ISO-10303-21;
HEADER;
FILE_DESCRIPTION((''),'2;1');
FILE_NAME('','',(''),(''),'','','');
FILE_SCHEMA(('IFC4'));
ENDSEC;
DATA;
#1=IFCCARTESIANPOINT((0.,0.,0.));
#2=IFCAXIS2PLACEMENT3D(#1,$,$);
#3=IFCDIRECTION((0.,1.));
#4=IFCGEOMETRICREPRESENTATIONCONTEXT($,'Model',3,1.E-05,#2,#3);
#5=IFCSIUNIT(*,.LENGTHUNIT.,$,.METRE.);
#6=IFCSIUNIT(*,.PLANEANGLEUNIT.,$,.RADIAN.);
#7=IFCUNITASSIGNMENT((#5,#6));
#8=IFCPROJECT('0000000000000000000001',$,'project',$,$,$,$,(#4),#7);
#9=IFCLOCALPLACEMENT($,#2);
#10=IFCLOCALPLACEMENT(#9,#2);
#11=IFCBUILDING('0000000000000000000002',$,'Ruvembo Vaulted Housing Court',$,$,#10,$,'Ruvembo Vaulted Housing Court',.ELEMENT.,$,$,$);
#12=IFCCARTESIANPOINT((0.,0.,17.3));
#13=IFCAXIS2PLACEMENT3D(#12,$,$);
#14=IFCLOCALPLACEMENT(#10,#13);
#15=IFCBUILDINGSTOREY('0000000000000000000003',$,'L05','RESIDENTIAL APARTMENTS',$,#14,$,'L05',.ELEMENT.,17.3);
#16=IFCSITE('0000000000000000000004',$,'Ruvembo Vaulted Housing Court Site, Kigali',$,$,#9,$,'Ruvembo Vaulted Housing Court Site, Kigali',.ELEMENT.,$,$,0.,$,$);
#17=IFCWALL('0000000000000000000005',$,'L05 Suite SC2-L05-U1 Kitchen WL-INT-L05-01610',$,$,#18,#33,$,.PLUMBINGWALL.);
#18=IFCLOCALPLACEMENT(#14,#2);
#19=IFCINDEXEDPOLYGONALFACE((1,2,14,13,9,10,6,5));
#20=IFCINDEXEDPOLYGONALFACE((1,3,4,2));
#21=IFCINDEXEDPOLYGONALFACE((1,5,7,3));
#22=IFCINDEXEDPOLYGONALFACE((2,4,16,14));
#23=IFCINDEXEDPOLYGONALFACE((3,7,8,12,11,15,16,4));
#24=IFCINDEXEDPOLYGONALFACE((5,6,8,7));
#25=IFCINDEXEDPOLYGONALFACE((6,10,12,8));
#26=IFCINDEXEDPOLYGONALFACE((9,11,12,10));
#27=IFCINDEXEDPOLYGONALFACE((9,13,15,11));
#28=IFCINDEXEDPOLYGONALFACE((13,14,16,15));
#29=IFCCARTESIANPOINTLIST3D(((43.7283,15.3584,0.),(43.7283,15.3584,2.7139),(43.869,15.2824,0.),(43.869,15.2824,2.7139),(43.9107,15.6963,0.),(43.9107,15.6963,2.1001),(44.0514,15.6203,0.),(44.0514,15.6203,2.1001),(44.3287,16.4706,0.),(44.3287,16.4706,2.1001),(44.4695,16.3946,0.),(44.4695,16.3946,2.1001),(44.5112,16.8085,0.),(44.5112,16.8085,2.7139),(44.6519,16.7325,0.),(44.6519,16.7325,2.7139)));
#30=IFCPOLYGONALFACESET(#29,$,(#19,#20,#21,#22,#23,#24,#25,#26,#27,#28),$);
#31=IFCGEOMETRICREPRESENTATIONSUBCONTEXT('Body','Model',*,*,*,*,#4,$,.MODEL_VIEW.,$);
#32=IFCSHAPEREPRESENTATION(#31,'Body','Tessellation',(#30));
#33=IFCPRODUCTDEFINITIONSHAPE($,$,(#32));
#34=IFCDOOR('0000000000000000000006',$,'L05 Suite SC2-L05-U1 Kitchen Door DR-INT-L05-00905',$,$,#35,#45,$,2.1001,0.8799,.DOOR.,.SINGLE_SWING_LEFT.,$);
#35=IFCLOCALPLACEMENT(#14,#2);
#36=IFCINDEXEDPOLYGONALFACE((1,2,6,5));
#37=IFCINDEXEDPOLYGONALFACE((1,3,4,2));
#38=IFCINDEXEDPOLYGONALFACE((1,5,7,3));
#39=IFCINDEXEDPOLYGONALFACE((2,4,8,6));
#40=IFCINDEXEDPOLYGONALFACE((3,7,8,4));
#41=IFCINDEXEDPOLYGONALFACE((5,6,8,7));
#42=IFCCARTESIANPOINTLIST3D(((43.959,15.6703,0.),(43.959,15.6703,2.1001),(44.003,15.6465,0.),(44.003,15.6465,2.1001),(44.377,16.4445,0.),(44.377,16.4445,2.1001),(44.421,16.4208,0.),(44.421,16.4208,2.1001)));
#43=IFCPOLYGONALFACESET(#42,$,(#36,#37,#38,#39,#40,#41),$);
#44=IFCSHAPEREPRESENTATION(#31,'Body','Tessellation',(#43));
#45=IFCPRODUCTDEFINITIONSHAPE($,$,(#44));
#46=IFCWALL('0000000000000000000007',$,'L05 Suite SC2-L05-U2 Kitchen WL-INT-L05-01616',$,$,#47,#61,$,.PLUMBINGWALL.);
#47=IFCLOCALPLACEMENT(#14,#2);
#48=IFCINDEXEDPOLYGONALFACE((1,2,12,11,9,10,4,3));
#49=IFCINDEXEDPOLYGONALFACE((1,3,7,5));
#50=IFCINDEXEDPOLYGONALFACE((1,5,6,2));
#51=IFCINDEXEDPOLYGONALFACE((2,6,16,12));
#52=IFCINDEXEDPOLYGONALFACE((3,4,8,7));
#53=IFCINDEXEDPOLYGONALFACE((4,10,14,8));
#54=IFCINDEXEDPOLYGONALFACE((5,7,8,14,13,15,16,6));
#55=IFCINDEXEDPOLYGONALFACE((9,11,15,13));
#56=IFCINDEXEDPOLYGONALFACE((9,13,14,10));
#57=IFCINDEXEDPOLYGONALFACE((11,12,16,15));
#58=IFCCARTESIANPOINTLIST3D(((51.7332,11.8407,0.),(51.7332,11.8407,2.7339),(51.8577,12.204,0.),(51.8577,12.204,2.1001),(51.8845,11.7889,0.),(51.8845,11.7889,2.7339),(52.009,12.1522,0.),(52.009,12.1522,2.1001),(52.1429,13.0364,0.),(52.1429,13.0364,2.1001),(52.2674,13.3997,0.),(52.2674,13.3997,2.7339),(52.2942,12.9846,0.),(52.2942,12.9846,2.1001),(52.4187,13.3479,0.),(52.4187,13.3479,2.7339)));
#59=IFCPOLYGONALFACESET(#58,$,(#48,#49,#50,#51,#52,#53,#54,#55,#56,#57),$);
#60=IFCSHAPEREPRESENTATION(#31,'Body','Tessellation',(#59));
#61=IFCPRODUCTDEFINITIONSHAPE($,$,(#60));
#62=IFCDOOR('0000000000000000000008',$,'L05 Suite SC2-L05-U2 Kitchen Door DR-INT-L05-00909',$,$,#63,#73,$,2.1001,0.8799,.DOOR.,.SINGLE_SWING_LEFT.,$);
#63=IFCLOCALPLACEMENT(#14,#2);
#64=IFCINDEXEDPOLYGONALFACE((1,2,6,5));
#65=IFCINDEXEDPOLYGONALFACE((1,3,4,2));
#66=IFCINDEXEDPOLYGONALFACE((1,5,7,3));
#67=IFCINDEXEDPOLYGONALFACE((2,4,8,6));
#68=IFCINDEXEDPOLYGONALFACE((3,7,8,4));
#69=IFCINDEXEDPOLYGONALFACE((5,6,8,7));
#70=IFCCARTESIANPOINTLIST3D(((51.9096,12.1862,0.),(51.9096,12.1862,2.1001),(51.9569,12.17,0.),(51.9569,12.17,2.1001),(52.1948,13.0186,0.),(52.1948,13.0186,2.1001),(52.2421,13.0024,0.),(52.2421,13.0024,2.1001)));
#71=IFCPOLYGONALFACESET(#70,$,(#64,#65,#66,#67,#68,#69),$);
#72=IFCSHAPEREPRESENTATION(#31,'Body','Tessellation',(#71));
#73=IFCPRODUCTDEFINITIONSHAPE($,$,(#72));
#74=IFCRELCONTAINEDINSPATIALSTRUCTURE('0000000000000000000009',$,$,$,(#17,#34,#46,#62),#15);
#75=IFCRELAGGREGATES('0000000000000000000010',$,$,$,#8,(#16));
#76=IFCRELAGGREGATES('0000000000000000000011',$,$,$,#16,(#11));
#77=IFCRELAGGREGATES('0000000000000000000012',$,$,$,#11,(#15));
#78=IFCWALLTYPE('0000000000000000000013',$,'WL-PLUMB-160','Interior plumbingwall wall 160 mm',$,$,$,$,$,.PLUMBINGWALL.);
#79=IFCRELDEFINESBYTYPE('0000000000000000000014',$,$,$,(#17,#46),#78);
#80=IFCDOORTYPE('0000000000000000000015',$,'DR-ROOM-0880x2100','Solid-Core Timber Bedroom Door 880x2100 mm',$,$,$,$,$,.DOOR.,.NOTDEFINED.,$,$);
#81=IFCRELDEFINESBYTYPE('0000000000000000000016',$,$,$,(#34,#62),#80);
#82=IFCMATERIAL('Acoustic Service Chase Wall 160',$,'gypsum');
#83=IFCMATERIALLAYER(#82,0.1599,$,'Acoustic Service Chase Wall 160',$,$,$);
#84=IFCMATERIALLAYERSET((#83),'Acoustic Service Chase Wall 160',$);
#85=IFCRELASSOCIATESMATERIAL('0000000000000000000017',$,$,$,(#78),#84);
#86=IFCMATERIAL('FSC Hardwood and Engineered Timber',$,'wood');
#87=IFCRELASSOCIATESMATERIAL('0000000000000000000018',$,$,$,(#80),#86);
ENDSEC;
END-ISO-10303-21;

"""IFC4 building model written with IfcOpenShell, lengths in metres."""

from ifc_helpers import new_model, si_unit, direction, frame, frame_2d, origin, place, context, subcontext, project, spatial, rectangle, extrude, material, layer, layer_set, type_object, element, fill, save


model = new_model("IFC4")

# Units and contexts
model_context = context("Model", 3, precision=1e-05, world=origin(), true_north=direction((0.0, 1.0)))
body_context = subcontext(model_context, "Body", "Model", "MODEL_VIEW")
ifc_project = project(units=[si_unit("LENGTHUNIT", "METRE"), si_unit("PLANEANGLEUNIT", "RADIAN")], contexts=[model_context])

# Site, building, storey
site_placement = place(None, origin())
site = spatial("IfcSite", under=ifc_project, at=site_placement, Name="Ruvembo Vaulted Housing Court Site, Kigali", LongName="Ruvembo Vaulted Housing Court Site, Kigali", CompositionType="ELEMENT", RefElevation=0.0)
building_placement = place(site_placement, origin())
building = spatial("IfcBuilding", under=site, at=building_placement, Name="Ruvembo Vaulted Housing Court", LongName="Ruvembo Vaulted Housing Court", CompositionType="ELEMENT")
storey_placement = place(building_placement, frame((0.0, 0.0, 17.3)))
storey = spatial("IfcBuildingStorey", under=building, at=storey_placement, Name="L05", Description="RESIDENTIAL APARTMENTS", LongName="L05", CompositionType="ELEMENT", Elevation=17.3)

# Shared definitions
ifc_material_1 = material(Name="FSC Hardwood and Engineered Timber", Category="wood")

# Walls, openings, doors
ifc_material_2 = material(Name="Acoustic Service Chase Wall 160", Category="gypsum")
ifc_layer_1 = layer(ifc_material_2, 0.1599, Name="Acoustic Service Chase Wall 160")
ifc_layer_set_1 = layer_set([ifc_layer_1], Name="Acoustic Service Chase Wall 160")
wall_type_1 = type_object("IfcWallType", Name="WL-PLUMB-160", Description="Interior plumbingwall wall 160 mm", PredefinedType="PLUMBINGWALL", material=ifc_layer_set_1)
wall_1_placement = place(storey_placement, frame((44.5815, 16.7705, 0.0), z_axis=(0.0, 0.0, 1.0), x_axis=(-0.47508, -0.879943, 0.0)))
wall_1 = element("IfcWall", 1, at=wall_1_placement, inside=storey, type_object=wall_type_1, Name="L05 Suite SC2-L05-U1 Kitchen WL-INT-L05-01610", PredefinedType="PLUMBINGWALL", context=body_context, shape_type="SweptSolid", body=[
    extrude(rectangle(XDim=1.6479, YDim=0.1599, at=frame_2d((0.824, 0.0))), origin(), (0.0, 0.0, 1.0), 2.7139),
])
opening_1_placement = place(wall_1_placement, frame((0.384, 0.0, 0.0)))
opening_1 = element("IfcOpeningElement", 2, at=opening_1_placement, cuts=wall_1, PredefinedType="OPENING", context=body_context, shape_type="SweptSolid", body=[
    extrude(rectangle(XDim=0.8799, YDim=2.1001, at=frame_2d((0.4399, 1.05))), frame((0.0, 0.0898, 0.0), z_axis=(0.0, -1.0, 0.0), x_axis=(1.0, 0.0, 0.0)), (0.0, 0.0, 1.0), 0.1799),
])
door_type_1 = type_object("IfcDoorType", Name="DR-ROOM-0880x2100", Description="Solid-Core Timber Bedroom Door 880x2100 mm", OperationType="NOTDEFINED", PredefinedType="DOOR", material=ifc_material_1)
door_1_placement = place(opening_1_placement, origin())
door_1 = element("IfcDoor", 3, at=door_1_placement, inside=storey, type_object=door_type_1, Name="L05 Suite SC2-L05-U1 Kitchen Door DR-INT-L05-00905", OperationType="SINGLE_SWING_LEFT", OverallHeight=2.1001, OverallWidth=0.8799, PredefinedType="DOOR", context=body_context, shape_type="SweptSolid", body=[
    extrude(rectangle(XDim=0.8799, YDim=2.1001, at=frame_2d((0.4399, 1.05))), frame((0.0, 0.0249, 0.0), z_axis=(0.0, -1.0, 0.0), x_axis=(1.0, 0.0, 0.0)), (0.0, 0.0, 1.0), 0.05),
])
fill(opening_1, door_1)
wall_2_placement = place(storey_placement, frame((52.343, 13.3738, 0.0), z_axis=(0.0, 0.0, 1.0), x_axis=(-0.324127, -0.946013, 0.0)))
wall_2 = element("IfcWall", 4, at=wall_2_placement, inside=storey, type_object=wall_type_1, Name="L05 Suite SC2-L05-U2 Kitchen WL-INT-L05-01616", PredefinedType="PLUMBINGWALL", context=body_context, shape_type="SweptSolid", body=[
    extrude(rectangle(XDim=1.6479, YDim=0.1599, at=frame_2d((0.824, 0.0))), origin(), (0.0, 0.0, 1.0), 2.7339),
])
opening_2_placement = place(wall_2_placement, frame((0.384, 0.0, 0.0)))
opening_2 = element("IfcOpeningElement", 5, at=opening_2_placement, cuts=wall_2, PredefinedType="OPENING", context=body_context, shape_type="SweptSolid", body=[
    extrude(rectangle(XDim=0.8799, YDim=2.1001, at=frame_2d((0.4399, 1.05))), frame((0.0, 0.0898, 0.0), z_axis=(0.0, -1.0, 0.0), x_axis=(1.0, 0.0, 0.0)), (0.0, 0.0, 1.0), 0.1799),
])
door_2_placement = place(opening_2_placement, origin())
door_2 = element("IfcDoor", 6, at=door_2_placement, inside=storey, type_object=door_type_1, Name="L05 Suite SC2-L05-U2 Kitchen Door DR-INT-L05-00909", OperationType="SINGLE_SWING_LEFT", OverallHeight=2.1001, OverallWidth=0.8799, PredefinedType="DOOR", context=body_context, shape_type="SweptSolid", body=[
    extrude(rectangle(XDim=0.8799, YDim=2.1001, at=frame_2d((0.4399, 1.05))), frame((0.0, 0.0249, 0.0), z_axis=(0.0, -1.0, 0.0), x_axis=(1.0, 0.0, 0.0)), (0.0, 0.0, 1.0), 0.05),
])
fill(opening_2, door_2)

save(model, "model.ifc")
